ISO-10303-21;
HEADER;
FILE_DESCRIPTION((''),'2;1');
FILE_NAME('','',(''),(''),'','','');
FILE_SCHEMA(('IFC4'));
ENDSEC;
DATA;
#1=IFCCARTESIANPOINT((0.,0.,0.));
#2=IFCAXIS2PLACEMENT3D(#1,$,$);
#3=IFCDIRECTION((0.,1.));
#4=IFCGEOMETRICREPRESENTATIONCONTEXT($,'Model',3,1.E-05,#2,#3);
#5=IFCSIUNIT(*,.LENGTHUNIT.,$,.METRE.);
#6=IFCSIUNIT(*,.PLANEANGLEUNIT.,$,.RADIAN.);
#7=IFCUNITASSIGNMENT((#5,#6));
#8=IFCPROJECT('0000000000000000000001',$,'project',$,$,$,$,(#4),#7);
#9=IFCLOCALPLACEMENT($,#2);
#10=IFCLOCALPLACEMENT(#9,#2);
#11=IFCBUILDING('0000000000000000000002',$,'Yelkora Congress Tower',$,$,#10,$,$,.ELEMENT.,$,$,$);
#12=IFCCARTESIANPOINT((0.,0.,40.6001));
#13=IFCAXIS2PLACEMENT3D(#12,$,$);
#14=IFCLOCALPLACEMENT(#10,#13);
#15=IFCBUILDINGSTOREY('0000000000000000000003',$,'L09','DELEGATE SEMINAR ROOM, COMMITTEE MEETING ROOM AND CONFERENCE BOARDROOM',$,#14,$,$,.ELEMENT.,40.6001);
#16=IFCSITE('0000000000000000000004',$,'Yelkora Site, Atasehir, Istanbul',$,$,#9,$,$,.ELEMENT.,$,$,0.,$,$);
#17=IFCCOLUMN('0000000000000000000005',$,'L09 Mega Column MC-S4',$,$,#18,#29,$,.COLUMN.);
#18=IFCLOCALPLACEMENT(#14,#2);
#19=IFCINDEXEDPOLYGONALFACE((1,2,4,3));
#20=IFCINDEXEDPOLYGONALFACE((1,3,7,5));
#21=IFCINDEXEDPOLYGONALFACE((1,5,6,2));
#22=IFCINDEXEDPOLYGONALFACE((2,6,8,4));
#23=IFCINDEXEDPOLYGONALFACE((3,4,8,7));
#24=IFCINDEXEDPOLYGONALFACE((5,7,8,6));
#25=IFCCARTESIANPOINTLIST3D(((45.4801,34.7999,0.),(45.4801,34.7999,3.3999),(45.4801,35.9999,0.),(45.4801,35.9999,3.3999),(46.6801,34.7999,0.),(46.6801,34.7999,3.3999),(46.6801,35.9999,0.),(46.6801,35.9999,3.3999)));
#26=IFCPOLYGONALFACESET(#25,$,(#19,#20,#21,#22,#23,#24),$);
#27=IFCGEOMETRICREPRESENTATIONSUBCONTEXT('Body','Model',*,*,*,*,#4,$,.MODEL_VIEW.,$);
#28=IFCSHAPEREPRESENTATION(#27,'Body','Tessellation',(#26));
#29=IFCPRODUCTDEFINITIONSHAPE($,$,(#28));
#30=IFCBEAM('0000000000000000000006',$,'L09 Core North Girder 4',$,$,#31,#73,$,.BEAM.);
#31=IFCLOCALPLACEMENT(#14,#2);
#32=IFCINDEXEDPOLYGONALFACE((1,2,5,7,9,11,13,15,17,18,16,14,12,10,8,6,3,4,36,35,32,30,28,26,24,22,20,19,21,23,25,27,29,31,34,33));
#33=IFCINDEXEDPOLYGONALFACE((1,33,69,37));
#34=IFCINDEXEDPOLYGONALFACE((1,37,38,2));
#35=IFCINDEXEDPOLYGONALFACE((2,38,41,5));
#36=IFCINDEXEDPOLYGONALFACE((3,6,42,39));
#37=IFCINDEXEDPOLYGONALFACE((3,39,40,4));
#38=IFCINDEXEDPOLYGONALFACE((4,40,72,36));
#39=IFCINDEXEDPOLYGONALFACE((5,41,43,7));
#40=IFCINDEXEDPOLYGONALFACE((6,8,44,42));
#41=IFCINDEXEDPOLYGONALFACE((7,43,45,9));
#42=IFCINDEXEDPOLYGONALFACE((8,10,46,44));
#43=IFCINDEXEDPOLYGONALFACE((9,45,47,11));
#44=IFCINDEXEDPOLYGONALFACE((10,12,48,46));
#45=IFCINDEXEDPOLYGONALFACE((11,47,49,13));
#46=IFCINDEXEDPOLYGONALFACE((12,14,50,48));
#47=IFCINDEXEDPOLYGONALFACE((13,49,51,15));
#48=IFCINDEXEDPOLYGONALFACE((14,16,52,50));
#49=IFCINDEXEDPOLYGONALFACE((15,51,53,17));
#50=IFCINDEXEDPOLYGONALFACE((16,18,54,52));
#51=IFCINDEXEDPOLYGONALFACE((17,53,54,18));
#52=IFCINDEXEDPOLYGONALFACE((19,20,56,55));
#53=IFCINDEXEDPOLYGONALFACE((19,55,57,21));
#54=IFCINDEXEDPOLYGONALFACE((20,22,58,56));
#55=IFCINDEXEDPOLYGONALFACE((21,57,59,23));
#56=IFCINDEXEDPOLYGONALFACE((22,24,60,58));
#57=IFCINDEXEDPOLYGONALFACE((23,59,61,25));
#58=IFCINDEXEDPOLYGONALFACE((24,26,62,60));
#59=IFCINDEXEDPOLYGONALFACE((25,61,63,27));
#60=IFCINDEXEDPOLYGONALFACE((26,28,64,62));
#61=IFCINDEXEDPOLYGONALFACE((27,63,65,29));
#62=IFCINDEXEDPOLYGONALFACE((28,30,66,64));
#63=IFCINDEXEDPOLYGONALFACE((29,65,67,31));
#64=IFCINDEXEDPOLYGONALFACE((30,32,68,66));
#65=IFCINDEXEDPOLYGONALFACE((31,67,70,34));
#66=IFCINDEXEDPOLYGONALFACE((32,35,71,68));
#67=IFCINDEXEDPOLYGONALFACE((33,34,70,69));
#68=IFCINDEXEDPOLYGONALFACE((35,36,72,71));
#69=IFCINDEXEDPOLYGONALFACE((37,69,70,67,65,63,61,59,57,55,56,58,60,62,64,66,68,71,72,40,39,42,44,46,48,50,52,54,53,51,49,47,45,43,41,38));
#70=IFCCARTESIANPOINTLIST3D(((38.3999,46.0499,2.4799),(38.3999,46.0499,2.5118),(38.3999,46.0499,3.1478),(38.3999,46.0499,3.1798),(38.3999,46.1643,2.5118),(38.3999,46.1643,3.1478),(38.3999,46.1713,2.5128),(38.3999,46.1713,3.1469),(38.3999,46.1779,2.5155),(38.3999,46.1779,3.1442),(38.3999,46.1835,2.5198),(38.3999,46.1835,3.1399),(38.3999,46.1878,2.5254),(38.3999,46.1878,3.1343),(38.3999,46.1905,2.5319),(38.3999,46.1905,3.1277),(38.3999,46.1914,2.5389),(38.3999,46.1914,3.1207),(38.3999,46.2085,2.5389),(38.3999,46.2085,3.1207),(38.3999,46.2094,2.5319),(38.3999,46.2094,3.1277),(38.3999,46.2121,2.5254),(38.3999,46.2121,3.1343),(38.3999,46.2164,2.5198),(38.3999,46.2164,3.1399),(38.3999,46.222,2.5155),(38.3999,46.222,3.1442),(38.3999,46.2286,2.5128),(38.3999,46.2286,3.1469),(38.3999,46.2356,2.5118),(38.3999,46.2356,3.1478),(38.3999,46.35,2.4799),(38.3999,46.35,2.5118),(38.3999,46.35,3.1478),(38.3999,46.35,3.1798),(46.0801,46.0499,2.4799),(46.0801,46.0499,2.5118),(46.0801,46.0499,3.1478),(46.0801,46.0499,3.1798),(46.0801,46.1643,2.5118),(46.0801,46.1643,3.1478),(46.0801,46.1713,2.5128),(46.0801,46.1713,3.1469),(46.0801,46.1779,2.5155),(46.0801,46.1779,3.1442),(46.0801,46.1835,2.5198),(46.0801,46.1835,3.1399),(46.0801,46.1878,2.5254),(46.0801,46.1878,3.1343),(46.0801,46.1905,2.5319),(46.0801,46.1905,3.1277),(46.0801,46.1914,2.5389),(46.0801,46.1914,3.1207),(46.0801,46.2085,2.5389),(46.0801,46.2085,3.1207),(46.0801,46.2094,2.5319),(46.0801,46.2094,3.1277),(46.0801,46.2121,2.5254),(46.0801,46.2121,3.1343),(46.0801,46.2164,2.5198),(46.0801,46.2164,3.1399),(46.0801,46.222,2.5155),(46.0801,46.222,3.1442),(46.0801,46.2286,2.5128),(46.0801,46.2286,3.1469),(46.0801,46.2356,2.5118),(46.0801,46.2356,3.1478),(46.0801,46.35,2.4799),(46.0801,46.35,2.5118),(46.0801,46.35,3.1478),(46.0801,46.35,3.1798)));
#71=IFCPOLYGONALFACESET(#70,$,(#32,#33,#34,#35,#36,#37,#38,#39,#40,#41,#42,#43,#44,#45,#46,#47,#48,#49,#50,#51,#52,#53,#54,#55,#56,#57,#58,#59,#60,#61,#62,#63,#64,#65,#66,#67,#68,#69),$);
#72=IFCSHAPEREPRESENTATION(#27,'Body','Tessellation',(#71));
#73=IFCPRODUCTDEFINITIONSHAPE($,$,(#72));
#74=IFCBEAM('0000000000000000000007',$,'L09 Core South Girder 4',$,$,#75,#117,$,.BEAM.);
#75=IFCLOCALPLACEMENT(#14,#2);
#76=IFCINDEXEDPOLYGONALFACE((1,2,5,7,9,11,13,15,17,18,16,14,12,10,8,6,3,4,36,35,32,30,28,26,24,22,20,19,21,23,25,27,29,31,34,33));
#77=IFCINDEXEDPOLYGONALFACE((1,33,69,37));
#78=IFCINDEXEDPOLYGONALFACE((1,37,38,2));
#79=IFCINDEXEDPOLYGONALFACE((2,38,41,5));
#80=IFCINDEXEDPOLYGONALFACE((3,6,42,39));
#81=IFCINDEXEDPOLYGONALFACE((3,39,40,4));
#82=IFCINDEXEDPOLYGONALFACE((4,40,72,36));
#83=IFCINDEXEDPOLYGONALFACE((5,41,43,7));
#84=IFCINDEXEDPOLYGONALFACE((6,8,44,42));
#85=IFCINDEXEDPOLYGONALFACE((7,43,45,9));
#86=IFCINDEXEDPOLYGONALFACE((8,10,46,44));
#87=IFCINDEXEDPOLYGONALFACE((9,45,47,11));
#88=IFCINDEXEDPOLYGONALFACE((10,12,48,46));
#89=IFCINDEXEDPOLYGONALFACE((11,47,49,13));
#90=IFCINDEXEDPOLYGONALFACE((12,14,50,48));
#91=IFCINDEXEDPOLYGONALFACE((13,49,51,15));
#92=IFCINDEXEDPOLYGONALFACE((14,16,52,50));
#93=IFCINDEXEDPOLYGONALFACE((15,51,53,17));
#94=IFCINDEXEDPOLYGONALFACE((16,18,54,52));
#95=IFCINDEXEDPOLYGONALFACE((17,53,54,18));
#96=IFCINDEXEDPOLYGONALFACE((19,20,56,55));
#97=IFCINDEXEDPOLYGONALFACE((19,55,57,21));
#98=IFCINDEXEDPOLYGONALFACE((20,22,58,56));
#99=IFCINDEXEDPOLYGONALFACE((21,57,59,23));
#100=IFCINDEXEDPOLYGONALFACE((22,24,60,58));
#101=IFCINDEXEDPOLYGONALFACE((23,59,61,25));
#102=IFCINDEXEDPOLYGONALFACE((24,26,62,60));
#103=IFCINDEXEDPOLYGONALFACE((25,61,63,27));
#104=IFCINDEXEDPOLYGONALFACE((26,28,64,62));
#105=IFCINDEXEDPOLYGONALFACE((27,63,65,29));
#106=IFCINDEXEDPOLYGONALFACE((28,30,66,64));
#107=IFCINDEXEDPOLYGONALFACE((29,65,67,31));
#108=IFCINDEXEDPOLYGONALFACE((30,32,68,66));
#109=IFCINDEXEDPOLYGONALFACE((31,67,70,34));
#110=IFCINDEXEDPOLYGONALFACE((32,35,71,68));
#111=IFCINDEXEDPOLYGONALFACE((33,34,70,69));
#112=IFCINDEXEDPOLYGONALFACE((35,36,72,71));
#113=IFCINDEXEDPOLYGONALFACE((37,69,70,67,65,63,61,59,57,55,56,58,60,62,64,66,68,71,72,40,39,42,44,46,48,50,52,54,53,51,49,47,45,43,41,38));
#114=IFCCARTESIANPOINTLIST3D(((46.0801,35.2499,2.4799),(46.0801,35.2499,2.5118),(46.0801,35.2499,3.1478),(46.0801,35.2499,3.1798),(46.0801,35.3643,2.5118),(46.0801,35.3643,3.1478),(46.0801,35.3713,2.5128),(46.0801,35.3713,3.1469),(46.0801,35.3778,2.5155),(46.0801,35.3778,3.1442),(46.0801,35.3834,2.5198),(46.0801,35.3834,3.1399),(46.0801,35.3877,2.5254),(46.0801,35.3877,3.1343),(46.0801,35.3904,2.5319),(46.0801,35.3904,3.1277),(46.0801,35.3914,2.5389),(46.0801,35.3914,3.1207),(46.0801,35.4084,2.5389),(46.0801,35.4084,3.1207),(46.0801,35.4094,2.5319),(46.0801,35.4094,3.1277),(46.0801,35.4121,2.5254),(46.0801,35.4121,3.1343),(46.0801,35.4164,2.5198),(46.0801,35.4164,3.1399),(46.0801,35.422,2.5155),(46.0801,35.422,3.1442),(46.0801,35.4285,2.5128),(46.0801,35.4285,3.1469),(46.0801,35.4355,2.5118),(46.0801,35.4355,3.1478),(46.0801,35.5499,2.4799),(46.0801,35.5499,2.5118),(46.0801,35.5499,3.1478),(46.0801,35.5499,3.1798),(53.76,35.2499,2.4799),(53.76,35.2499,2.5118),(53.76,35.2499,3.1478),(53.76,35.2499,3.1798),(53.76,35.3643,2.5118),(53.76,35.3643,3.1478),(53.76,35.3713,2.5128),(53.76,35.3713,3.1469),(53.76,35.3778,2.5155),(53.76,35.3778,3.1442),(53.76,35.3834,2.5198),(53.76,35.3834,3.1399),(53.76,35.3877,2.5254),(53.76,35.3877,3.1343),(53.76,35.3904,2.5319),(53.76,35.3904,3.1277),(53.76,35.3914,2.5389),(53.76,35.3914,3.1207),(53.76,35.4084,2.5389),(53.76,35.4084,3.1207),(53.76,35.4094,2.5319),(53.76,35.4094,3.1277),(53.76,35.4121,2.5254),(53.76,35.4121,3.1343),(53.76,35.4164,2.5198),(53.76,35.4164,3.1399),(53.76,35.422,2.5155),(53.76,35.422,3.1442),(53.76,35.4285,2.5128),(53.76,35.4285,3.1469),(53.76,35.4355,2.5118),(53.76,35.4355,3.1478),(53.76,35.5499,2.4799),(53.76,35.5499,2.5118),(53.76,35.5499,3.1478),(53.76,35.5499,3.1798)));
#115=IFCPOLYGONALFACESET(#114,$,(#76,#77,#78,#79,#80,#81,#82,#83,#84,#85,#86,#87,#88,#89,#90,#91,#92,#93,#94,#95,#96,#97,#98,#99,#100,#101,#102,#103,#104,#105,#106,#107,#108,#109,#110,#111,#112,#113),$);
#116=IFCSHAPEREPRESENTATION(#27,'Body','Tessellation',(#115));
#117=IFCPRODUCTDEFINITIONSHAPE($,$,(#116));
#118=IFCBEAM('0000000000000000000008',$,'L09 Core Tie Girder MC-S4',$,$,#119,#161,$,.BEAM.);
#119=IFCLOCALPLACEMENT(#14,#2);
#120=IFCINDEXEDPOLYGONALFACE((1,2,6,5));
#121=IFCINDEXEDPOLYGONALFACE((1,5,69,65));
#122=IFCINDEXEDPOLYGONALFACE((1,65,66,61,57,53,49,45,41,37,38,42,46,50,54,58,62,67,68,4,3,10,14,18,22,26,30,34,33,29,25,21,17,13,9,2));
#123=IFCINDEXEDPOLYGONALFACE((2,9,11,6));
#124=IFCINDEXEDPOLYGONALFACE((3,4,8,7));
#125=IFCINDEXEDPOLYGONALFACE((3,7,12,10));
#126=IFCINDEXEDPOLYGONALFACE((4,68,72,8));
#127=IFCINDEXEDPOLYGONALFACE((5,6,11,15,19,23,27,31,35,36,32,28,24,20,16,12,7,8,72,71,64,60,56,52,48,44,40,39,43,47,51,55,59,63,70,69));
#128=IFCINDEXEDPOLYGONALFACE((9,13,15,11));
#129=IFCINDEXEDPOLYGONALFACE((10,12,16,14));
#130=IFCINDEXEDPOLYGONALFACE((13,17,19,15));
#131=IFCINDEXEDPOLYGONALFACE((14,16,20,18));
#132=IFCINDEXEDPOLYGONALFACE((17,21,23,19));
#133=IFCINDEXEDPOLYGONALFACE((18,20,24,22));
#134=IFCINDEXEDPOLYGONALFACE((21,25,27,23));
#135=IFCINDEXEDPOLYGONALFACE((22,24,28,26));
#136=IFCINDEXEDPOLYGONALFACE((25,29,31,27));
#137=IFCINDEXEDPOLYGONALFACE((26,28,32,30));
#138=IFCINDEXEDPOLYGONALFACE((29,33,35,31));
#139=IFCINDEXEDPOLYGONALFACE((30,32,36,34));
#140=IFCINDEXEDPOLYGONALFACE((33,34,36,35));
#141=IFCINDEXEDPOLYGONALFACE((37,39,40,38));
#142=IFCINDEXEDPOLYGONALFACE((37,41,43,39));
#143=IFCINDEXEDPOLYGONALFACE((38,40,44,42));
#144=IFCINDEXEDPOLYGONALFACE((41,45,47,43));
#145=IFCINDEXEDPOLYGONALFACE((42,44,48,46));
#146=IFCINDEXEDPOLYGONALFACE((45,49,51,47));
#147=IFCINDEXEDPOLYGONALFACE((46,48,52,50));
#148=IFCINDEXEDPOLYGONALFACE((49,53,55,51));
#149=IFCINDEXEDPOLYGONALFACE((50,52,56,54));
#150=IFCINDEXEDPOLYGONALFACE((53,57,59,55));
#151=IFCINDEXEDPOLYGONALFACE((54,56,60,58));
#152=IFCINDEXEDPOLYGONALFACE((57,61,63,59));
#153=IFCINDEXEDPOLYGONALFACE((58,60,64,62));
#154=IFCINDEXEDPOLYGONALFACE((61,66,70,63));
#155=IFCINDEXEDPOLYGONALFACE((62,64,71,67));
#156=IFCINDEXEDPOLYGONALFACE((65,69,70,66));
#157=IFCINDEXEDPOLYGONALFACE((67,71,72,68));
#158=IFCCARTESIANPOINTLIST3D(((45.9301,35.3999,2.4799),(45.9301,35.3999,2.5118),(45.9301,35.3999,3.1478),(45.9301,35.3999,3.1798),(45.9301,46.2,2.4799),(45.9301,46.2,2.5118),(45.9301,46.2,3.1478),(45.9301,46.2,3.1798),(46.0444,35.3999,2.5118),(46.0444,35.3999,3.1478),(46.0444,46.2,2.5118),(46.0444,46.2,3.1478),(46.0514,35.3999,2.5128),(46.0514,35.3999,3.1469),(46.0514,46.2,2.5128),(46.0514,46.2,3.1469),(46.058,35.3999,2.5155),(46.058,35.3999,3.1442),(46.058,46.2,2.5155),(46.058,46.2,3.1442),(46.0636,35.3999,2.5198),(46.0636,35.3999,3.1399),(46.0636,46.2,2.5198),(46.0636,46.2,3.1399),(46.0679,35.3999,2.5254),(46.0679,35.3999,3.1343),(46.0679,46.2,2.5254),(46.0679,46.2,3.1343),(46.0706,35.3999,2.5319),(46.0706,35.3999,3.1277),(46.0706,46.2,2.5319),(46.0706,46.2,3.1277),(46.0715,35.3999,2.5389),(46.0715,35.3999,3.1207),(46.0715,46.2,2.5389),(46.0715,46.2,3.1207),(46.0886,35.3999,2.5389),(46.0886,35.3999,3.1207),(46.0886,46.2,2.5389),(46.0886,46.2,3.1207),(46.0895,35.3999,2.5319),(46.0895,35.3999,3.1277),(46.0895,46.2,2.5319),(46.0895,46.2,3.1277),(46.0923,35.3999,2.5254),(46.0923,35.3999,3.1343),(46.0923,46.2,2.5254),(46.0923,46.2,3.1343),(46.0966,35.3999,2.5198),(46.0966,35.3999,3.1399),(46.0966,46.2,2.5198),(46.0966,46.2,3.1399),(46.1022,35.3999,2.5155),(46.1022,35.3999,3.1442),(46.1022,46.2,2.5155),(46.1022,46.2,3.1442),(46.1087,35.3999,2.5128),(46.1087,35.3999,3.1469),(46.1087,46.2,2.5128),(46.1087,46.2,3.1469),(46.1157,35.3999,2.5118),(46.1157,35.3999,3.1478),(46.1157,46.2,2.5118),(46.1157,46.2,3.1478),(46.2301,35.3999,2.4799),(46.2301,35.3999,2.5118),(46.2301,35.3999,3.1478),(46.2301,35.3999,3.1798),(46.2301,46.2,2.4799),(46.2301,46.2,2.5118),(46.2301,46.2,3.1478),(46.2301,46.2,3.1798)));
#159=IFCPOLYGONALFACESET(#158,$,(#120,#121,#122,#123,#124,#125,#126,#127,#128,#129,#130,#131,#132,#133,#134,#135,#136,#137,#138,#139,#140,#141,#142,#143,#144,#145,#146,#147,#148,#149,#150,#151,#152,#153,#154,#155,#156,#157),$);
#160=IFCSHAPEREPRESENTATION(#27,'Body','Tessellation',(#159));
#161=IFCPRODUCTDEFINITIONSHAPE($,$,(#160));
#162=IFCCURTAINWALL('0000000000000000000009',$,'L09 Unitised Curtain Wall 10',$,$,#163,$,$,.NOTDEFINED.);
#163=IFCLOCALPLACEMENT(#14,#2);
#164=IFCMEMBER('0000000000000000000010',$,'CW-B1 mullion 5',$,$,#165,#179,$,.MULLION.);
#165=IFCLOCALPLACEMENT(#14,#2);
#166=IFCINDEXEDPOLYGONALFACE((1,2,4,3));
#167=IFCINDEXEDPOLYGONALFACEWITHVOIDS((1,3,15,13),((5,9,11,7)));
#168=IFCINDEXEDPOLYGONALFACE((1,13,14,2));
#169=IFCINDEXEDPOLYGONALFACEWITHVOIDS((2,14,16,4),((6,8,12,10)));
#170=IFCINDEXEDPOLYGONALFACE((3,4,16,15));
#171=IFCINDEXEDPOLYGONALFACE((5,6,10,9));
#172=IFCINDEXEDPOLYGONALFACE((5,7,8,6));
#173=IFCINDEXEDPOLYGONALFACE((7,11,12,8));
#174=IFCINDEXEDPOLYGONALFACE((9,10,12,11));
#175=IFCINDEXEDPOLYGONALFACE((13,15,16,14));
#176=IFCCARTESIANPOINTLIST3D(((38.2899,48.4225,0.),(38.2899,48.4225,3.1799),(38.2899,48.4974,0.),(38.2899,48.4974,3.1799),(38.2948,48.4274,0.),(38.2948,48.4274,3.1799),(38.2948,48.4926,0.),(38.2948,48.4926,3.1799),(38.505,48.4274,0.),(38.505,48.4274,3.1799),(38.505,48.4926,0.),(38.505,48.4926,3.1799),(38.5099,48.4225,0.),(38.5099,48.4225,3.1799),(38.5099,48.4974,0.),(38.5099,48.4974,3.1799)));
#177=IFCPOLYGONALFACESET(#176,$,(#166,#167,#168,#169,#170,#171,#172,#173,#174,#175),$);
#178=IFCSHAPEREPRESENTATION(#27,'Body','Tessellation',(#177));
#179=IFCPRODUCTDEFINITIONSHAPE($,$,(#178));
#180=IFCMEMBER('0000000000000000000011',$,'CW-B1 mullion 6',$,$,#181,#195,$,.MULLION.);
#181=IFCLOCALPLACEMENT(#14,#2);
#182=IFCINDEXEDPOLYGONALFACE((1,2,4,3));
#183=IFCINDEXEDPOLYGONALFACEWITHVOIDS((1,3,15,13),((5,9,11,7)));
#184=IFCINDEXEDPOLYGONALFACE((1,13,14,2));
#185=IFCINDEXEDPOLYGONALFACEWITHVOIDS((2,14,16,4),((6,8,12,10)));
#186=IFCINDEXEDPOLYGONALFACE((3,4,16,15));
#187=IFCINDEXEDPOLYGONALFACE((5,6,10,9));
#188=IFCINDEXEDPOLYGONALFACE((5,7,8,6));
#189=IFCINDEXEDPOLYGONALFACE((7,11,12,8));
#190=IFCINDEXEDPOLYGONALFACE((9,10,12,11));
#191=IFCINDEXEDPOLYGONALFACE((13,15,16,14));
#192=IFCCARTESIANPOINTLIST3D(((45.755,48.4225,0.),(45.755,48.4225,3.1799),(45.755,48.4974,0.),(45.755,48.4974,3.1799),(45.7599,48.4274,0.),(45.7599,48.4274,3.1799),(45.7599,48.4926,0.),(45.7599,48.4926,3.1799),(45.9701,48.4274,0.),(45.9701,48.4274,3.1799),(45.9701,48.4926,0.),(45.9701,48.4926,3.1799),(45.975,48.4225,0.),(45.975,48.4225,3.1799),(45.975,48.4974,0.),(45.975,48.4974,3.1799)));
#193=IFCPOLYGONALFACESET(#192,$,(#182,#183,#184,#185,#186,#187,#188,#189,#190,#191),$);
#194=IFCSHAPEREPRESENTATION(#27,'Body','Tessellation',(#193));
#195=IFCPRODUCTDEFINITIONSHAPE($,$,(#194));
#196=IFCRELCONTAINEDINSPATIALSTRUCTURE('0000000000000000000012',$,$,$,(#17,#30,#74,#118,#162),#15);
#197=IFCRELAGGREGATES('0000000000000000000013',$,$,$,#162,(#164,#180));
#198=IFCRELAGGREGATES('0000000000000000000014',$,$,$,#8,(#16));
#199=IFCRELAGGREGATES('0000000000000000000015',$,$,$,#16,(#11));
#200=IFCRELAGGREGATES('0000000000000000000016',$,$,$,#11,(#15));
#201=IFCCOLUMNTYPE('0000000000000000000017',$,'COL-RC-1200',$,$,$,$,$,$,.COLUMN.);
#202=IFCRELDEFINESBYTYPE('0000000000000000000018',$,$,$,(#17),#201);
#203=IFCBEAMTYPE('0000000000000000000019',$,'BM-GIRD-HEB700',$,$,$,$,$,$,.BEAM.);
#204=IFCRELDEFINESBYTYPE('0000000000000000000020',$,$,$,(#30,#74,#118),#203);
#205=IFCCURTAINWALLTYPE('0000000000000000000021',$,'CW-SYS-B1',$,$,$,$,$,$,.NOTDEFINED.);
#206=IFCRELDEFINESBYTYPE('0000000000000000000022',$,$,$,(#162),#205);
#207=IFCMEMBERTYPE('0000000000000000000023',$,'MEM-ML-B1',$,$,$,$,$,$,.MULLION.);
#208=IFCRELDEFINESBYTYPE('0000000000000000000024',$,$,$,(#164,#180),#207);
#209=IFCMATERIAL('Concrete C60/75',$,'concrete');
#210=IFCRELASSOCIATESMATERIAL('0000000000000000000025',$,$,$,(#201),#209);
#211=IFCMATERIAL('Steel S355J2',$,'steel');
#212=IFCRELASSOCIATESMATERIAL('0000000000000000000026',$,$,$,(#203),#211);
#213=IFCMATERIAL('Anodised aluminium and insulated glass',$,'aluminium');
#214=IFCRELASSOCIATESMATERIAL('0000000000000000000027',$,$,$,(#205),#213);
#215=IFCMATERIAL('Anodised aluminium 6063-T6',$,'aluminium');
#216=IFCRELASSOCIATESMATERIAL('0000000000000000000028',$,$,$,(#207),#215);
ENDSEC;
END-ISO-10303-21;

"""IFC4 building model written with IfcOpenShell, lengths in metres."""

from ifc_helpers import new_model, si_unit, direction, frame, origin, origin_2d, place, context, subcontext, project, spatial, rectangle, hollow_rectangle, i_section, extrude, material, material_profile, profile_set, type_object, element, aggregate, save


model = new_model("IFC4")

# Units and contexts
model_context = context("Model", 3, precision=1e-05, world=origin(), true_north=direction((0.0, 1.0)))
body_context = subcontext(model_context, "Body", "Model", "MODEL_VIEW")
ifc_project = project(units=[si_unit("LENGTHUNIT", "METRE"), si_unit("PLANEANGLEUNIT", "RADIAN")], contexts=[model_context])

# Site, building, storey
site_placement = place(None, origin())
site = spatial("IfcSite", under=ifc_project, at=site_placement, Name="Yelkora Site, Atasehir, Istanbul", CompositionType="ELEMENT", RefElevation=0.0)
building_placement = place(site_placement, origin())
building = spatial("IfcBuilding", under=site, at=building_placement, Name="Yelkora Congress Tower", CompositionType="ELEMENT")
storey_placement = place(building_placement, frame((0.0, 0.0, 40.6001)))
storey = spatial("IfcBuildingStorey", under=building, at=storey_placement, Name="L09", Description="DELEGATE SEMINAR ROOM, COMMITTEE MEETING ROOM AND CONFERENCE BOARDROOM", CompositionType="ELEMENT", Elevation=40.6001)

# Column
ifc_material_1 = material(Name="Concrete C60/75", Category="concrete")
ifc_material_profile_1 = material_profile(ifc_material_1, rectangle(XDim=1.2, YDim=1.2, at=origin_2d()), Name="RC 1200x1200")
ifc_profile_set_1 = profile_set([ifc_material_profile_1], Name="Concrete C60/75")
column_type = type_object("IfcColumnType", Name="COL-RC-1200", PredefinedType="COLUMN", material=ifc_profile_set_1)
column_placement = place(storey_placement, frame((46.0801, 35.3999, 0.0), z_axis=(0.0, 0.0, 1.0), x_axis=(1.0, 0.0, 0.0)))
element("IfcColumn", 1, at=column_placement, inside=storey, type_object=column_type, Name="L09 Mega Column MC-S4", PredefinedType="COLUMN", context=body_context, shape_type="SweptSolid", body=[
    extrude(rectangle(XDim=1.2, YDim=1.2, at=origin_2d()), origin(), (0.0, 0.0, 1.0), 3.3999),
])

# Beams
ifc_material_2 = material(Name="Steel S355J2", Category="steel")
ifc_material_profile_2 = material_profile(ifc_material_2, i_section(OverallWidth=0.3, OverallDepth=0.7, WebThickness=0.0171, FlangeThickness=0.032, FilletRadius=0.0271, at=origin_2d()), Name="HEB 700")
ifc_profile_set_2 = profile_set([ifc_material_profile_2], Name="Steel S355J2")
beam_type = type_object("IfcBeamType", Name="BM-GIRD-HEB700", PredefinedType="BEAM", material=ifc_profile_set_2)
beam_1_placement = place(storey_placement, frame((38.3999, 46.2, 2.8298), z_axis=(1.0, 0.0, 0.0), x_axis=(0.0, 1.0, 0.0)))
element("IfcBeam", 2, at=beam_1_placement, inside=storey, type_object=beam_type, Name="L09 Core North Girder 4", PredefinedType="BEAM", context=body_context, shape_type="SweptSolid", body=[
    extrude(i_section(OverallWidth=0.3, OverallDepth=0.7, WebThickness=0.0171, FlangeThickness=0.032, FilletRadius=0.0271, at=origin_2d()), origin(), (0.0, 0.0, 1.0), 7.6802),
])
beam_2_placement = place(storey_placement, frame((46.0801, 35.3999, 2.8298), z_axis=(1.0, 0.0, 0.0), x_axis=(0.0, 1.0, 0.0)))
element("IfcBeam", 3, at=beam_2_placement, inside=storey, type_object=beam_type, Name="L09 Core South Girder 4", PredefinedType="BEAM", context=body_context, shape_type="SweptSolid", body=[
    extrude(i_section(OverallWidth=0.3, OverallDepth=0.7, WebThickness=0.0171, FlangeThickness=0.032, FilletRadius=0.0271, at=origin_2d()), origin(), (0.0, 0.0, 1.0), 7.6799),
])
beam_3_placement = place(storey_placement, frame((46.0801, 35.3999, 2.8298), z_axis=(0.0, 1.0, 0.0), x_axis=(-1.0, 0.0, 0.0)))
element("IfcBeam", 4, at=beam_3_placement, inside=storey, type_object=beam_type, Name="L09 Core Tie Girder MC-S4", PredefinedType="BEAM", context=body_context, shape_type="SweptSolid", body=[
    extrude(i_section(OverallWidth=0.3, OverallDepth=0.7, WebThickness=0.0171, FlangeThickness=0.032, FilletRadius=0.0271, at=origin_2d()), origin(), (0.0, 0.0, 1.0), 10.8),
])

# Curtain wall, members
ifc_material_3 = material(Name="Anodised aluminium and insulated glass", Category="aluminium")
curtain_wall_type = type_object("IfcCurtainWallType", Name="CW-SYS-B1", PredefinedType="NOTDEFINED", material=ifc_material_3)
curtain_wall_placement = place(storey_placement, origin())
curtain_wall = element("IfcCurtainWall", 5, at=curtain_wall_placement, inside=storey, type_object=curtain_wall_type, Name="L09 Unitised Curtain Wall 10", PredefinedType="NOTDEFINED")
ifc_material_4 = material(Name="Anodised aluminium 6063-T6", Category="aluminium")
ifc_material_profile_3 = material_profile(ifc_material_4, hollow_rectangle(XDim=0.075, YDim=0.22, WallThickness=0.0049, at=origin_2d()), Name="ALU 75x220x5")
ifc_profile_set_3 = profile_set([ifc_material_profile_3], Name="Anodised aluminium 6063-T6")
member_type_1 = type_object("IfcMemberType", Name="MEM-ML-B1", PredefinedType="MULLION", material=ifc_profile_set_3)
member_1_placement = place(storey_placement, frame((38.3999, 48.46, 0.0), z_axis=(0.0, 0.0, 1.0), x_axis=(0.0, 1.0, 0.0)))
member_1 = element("IfcMember", 6, at=member_1_placement, type_object=member_type_1, Name="CW-B1 mullion 5", PredefinedType="MULLION", context=body_context, shape_type="SweptSolid", body=[
    extrude(hollow_rectangle(XDim=0.075, YDim=0.22, WallThickness=0.0049, at=origin_2d()), origin(), (0.0, 0.0, 1.0), 3.1799),
])
member_2_placement = place(storey_placement, frame((45.865, 48.46, 0.0), z_axis=(0.0, 0.0, 1.0), x_axis=(0.0, 1.0, 0.0)))
member_2 = element("IfcMember", 7, at=member_2_placement, type_object=member_type_1, Name="CW-B1 mullion 6", PredefinedType="MULLION", context=body_context, shape_type="SweptSolid", body=[
    extrude(hollow_rectangle(XDim=0.075, YDim=0.22, WallThickness=0.0049, at=origin_2d()), origin(), (0.0, 0.0, 1.0), 3.1799),
])
aggregate(curtain_wall, [member_1, member_2])

save(model, "model.ifc")
